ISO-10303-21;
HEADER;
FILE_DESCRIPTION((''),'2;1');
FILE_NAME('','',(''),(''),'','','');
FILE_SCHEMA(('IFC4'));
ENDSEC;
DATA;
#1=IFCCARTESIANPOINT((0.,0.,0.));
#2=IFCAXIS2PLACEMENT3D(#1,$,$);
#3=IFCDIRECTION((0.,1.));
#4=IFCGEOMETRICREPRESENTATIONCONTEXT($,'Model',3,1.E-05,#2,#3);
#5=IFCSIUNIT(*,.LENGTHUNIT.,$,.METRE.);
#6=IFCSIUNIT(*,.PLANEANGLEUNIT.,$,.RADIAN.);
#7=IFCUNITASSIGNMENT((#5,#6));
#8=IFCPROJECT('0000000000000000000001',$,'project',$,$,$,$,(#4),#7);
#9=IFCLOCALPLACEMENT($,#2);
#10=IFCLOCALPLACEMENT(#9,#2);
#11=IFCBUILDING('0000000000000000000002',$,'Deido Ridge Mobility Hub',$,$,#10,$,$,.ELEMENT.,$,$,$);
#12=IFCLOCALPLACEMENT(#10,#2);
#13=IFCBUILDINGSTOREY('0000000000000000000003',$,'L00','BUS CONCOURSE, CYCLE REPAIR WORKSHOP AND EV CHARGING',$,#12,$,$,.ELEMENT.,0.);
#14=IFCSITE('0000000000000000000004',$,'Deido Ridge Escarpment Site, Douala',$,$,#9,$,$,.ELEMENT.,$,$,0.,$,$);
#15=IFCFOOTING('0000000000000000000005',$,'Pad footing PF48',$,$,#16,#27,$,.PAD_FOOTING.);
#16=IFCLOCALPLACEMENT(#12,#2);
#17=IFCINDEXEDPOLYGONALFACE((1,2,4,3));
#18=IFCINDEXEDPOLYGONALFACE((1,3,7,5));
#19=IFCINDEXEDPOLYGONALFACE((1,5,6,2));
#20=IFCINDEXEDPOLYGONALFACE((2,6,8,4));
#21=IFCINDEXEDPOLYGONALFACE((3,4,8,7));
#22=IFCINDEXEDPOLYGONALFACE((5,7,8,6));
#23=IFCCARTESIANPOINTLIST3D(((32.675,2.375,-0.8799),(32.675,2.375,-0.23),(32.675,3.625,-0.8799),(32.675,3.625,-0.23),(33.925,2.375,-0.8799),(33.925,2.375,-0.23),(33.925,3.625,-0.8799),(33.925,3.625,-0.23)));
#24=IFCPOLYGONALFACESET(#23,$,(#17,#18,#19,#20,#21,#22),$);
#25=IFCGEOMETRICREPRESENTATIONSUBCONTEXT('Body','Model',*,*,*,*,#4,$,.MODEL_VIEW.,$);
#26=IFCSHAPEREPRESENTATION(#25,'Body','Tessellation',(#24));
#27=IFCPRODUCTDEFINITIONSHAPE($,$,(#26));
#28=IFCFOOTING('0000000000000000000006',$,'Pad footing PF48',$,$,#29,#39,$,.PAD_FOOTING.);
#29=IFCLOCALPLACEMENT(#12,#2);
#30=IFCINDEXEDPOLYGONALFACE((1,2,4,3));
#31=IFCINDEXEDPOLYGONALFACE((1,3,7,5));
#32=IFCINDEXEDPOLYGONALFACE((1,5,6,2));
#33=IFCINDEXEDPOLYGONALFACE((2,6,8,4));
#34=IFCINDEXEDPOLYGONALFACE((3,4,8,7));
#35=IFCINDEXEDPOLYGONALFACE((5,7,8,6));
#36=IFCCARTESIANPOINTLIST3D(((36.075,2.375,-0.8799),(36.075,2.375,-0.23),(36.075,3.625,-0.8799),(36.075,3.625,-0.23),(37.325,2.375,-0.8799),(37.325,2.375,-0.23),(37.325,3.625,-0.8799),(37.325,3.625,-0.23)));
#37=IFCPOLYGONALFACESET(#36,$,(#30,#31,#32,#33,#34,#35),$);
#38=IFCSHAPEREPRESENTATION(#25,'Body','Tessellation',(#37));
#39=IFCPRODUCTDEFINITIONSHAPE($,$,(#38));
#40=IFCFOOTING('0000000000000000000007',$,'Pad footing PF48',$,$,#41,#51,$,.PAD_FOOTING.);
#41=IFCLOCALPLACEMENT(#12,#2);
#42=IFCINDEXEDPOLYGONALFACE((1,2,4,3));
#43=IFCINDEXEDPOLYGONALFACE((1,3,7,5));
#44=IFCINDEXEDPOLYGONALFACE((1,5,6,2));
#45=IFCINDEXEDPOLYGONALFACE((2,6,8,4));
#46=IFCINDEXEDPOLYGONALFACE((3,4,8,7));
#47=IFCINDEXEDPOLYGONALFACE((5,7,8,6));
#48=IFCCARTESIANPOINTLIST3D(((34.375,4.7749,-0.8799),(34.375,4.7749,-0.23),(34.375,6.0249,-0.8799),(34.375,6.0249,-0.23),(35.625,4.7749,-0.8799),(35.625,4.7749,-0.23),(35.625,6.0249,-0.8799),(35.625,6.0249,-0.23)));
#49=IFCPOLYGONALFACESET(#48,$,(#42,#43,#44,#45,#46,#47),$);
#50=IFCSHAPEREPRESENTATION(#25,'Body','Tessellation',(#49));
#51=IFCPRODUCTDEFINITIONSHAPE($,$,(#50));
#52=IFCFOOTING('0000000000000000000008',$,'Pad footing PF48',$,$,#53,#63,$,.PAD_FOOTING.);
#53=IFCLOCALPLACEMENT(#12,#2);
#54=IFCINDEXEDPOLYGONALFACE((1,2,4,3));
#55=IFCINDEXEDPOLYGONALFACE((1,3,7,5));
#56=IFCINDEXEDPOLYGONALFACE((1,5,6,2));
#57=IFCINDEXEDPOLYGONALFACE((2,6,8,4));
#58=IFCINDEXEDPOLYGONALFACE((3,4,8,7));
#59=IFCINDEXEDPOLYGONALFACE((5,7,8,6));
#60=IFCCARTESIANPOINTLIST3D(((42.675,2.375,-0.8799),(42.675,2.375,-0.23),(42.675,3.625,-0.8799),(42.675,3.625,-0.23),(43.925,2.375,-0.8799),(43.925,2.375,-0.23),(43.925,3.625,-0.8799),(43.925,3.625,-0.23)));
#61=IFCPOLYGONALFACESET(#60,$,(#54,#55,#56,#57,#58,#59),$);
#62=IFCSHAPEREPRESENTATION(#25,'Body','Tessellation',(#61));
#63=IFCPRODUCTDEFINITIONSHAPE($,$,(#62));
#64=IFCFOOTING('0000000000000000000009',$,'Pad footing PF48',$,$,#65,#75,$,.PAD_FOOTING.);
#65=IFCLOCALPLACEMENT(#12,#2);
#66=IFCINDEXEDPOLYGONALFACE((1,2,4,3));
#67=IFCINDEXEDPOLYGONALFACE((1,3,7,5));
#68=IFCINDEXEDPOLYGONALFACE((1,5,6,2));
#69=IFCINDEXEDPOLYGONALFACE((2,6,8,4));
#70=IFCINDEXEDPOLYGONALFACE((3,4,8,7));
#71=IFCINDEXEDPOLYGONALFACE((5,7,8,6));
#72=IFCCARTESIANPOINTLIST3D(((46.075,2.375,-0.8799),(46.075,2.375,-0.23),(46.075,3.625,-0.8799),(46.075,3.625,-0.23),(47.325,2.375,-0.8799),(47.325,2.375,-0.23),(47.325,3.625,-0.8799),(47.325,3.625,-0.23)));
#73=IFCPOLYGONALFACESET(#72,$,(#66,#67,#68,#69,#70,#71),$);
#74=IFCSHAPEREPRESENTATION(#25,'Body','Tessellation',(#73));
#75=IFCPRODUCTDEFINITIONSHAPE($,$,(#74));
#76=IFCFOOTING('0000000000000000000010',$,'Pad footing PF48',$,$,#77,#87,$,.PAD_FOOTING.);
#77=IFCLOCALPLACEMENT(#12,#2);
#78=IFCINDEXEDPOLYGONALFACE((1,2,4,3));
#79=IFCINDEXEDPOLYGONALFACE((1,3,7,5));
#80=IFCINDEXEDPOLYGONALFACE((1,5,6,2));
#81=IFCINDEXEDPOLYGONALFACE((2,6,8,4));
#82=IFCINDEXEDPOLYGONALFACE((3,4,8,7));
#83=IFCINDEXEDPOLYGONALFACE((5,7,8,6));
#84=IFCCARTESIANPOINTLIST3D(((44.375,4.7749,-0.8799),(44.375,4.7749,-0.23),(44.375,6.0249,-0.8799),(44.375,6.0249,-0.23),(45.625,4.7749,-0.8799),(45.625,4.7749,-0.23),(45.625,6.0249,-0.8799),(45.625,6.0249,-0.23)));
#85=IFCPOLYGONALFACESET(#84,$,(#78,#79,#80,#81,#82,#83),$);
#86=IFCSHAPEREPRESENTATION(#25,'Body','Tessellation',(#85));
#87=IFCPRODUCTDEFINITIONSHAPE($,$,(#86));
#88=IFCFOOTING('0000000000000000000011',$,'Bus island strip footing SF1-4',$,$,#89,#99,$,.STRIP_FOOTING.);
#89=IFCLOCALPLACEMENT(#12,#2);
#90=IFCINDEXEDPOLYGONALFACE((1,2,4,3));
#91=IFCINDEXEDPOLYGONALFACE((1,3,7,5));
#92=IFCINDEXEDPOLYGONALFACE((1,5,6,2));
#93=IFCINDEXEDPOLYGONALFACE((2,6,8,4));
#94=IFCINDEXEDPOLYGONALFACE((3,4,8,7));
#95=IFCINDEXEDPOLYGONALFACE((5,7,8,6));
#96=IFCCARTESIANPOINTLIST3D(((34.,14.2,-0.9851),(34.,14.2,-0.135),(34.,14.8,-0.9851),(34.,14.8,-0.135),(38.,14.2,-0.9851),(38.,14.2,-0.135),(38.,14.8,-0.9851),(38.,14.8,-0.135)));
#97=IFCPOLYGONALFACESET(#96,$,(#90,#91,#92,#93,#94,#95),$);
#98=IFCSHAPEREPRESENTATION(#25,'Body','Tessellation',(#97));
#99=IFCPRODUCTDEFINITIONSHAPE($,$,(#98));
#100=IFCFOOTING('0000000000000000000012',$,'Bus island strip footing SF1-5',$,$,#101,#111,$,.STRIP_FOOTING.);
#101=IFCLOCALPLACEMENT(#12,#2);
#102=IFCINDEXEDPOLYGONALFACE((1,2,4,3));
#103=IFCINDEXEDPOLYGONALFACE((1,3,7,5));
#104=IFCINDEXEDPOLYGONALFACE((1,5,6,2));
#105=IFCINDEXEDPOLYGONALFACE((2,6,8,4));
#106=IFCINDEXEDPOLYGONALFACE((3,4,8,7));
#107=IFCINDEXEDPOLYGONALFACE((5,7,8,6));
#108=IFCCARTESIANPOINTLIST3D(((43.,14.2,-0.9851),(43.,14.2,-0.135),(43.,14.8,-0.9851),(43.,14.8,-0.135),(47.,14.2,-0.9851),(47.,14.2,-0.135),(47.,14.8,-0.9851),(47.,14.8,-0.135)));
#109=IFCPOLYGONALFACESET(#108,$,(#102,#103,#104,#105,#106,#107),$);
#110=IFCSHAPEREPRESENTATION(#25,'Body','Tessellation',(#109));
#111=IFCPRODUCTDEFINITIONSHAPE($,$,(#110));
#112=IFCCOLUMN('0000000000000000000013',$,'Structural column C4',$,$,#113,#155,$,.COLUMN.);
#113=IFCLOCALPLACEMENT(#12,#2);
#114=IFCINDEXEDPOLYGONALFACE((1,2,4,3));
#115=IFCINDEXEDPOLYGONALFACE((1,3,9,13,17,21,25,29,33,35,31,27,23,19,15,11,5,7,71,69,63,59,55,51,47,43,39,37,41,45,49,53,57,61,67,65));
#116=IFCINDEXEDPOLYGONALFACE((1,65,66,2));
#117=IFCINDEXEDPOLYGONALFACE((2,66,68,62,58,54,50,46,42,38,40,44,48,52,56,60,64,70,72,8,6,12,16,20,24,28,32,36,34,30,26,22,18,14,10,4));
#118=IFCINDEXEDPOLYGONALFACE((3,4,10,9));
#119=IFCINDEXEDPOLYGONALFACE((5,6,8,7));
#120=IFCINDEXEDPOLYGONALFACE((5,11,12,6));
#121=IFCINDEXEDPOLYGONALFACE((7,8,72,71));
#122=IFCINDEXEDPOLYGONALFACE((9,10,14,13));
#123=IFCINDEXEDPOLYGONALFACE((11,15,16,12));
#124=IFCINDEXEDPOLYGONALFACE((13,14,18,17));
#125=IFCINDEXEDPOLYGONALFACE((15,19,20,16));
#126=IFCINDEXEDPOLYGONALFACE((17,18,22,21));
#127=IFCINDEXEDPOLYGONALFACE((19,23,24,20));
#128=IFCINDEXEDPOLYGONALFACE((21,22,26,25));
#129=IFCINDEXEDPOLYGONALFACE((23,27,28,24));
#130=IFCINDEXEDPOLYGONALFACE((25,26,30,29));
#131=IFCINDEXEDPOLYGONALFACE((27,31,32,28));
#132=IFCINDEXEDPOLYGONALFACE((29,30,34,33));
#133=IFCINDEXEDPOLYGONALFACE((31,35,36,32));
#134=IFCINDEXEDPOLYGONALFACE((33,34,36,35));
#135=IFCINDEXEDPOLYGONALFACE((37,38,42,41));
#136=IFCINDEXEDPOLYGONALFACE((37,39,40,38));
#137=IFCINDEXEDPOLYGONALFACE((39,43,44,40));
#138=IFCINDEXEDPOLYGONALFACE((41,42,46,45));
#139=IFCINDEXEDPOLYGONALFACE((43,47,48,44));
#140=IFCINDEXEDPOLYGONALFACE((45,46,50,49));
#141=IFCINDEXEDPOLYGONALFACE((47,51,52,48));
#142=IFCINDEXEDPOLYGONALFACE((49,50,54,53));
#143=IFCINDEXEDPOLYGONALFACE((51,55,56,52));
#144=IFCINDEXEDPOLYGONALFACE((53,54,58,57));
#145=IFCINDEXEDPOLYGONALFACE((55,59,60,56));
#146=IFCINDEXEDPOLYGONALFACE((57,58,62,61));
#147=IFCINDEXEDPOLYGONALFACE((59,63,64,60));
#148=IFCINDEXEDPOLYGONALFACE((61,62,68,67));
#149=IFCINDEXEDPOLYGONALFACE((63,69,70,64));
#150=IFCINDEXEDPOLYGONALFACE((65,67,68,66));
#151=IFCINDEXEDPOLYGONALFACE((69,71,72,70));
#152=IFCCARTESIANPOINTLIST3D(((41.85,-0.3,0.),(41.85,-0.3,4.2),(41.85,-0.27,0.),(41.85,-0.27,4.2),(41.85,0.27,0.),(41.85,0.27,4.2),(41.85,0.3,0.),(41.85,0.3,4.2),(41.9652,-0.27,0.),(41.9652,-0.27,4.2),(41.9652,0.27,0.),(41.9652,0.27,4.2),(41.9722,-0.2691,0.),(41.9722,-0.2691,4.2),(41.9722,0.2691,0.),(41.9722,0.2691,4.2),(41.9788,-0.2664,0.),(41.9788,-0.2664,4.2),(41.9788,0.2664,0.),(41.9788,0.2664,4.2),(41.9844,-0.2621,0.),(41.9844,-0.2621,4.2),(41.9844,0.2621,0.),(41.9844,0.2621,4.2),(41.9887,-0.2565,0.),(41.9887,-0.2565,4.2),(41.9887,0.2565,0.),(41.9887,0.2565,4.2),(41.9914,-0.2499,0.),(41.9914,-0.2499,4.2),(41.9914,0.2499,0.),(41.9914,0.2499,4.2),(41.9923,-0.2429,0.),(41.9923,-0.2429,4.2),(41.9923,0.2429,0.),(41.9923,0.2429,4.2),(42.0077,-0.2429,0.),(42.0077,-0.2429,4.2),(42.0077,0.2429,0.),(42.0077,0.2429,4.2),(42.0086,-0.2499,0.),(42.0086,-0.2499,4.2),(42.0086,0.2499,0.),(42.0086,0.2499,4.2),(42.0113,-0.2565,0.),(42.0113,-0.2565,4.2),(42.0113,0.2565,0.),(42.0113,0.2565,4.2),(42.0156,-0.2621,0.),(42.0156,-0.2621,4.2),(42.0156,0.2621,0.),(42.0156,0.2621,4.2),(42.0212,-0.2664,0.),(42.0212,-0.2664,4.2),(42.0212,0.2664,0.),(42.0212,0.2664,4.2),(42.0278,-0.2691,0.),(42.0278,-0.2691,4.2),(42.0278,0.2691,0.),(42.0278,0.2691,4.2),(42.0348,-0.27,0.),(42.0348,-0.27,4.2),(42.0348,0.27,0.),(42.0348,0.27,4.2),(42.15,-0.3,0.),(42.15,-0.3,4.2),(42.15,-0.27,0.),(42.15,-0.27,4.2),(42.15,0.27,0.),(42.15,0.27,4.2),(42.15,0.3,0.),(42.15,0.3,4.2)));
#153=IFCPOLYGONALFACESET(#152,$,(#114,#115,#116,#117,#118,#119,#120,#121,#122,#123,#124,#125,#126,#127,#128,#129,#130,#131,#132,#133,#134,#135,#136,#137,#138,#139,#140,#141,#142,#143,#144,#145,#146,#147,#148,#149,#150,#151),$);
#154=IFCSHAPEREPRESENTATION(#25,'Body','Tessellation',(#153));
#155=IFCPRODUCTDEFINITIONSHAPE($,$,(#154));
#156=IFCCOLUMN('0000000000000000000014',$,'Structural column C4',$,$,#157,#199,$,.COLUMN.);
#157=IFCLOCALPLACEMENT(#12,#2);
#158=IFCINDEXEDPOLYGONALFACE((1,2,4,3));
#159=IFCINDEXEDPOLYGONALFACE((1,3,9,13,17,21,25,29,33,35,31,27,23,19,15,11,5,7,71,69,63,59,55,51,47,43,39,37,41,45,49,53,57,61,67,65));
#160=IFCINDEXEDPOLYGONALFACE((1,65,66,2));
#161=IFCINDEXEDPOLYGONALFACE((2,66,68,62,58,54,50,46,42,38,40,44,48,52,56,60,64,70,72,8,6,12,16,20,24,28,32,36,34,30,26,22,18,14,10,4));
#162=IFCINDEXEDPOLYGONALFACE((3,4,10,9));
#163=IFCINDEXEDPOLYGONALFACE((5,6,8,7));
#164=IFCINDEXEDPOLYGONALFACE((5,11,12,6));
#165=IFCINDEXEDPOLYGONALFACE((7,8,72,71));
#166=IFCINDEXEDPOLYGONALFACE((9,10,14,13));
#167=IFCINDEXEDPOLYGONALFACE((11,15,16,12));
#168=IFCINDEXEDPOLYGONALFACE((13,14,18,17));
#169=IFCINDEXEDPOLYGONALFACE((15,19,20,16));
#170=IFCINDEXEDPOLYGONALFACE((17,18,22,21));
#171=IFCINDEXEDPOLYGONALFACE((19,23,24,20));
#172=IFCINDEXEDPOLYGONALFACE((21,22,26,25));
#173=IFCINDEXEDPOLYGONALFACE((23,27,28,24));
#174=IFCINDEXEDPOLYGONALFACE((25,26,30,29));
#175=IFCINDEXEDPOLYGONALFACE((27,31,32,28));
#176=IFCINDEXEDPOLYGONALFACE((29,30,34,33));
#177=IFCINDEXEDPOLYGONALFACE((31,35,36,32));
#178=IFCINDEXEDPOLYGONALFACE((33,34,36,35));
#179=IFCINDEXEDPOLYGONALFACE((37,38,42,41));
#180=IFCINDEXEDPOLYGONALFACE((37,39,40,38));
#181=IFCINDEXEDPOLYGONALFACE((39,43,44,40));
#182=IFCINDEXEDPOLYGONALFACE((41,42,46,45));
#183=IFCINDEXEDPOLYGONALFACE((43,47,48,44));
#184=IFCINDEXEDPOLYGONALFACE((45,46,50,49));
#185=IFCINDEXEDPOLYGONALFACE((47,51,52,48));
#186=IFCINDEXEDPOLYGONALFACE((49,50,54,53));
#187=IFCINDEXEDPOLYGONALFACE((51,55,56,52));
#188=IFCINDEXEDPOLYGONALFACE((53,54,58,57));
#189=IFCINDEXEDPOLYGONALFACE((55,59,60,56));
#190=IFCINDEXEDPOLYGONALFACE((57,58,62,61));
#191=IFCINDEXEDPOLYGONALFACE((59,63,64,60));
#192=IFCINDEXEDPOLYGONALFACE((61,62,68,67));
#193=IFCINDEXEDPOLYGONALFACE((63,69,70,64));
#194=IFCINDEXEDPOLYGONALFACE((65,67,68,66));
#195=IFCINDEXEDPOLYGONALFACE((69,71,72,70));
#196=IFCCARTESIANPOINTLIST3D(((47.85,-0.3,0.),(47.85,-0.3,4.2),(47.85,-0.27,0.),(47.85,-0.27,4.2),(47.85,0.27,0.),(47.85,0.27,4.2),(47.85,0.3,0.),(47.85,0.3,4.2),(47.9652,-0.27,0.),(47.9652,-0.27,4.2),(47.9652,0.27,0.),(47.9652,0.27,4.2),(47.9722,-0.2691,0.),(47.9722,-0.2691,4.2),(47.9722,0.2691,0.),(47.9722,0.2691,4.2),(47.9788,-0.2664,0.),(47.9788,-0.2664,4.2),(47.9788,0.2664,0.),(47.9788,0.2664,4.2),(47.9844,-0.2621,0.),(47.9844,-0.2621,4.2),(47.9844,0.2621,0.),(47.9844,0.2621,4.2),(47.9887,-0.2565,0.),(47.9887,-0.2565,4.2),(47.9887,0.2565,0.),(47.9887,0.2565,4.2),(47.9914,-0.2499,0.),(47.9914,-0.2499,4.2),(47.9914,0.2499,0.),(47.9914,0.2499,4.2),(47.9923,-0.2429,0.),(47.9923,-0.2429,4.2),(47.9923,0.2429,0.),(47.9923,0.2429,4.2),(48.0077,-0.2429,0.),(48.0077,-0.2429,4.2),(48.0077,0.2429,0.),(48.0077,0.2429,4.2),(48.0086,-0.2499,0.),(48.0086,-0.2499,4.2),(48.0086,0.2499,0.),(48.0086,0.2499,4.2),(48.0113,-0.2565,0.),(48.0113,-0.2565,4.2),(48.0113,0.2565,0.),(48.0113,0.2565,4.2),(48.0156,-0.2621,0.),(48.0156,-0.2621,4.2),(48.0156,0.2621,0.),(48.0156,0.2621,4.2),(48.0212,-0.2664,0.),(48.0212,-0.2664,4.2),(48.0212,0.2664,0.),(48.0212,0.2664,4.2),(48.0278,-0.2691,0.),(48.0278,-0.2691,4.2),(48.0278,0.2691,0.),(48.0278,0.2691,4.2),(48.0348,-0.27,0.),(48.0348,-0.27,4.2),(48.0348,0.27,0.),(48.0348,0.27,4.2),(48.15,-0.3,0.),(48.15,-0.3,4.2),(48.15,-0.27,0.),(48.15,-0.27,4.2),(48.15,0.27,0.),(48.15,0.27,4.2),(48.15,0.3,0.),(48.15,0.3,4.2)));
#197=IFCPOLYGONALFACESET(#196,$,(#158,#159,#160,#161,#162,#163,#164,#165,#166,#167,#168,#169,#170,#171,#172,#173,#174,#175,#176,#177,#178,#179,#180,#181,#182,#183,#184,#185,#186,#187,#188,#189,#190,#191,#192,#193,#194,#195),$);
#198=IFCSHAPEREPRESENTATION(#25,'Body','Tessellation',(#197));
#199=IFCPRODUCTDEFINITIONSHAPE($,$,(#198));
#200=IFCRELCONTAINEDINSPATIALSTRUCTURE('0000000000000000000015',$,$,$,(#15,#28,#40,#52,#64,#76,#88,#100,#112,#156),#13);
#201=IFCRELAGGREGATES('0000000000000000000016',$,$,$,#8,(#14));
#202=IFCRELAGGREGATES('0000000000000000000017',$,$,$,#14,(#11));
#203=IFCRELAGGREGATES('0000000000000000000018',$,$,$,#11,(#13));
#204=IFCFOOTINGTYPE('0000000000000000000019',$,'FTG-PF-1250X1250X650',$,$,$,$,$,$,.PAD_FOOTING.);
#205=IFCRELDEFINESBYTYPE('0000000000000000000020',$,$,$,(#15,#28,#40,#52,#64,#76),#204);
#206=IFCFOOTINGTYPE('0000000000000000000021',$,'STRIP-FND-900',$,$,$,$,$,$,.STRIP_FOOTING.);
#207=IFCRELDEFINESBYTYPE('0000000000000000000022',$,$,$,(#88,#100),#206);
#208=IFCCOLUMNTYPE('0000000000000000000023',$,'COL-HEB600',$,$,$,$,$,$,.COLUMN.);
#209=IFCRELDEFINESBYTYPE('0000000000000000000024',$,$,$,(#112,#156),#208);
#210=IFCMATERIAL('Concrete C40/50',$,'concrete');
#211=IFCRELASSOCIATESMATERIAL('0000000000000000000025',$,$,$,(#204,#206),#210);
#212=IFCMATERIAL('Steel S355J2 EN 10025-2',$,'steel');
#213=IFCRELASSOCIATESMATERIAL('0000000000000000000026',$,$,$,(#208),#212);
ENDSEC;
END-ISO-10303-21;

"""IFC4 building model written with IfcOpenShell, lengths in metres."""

from ifc_helpers import new_model, si_unit, direction, frame, origin, origin_2d, place, context, subcontext, project, spatial, rectangle, i_section, extrude, material, material_profile, profile_set, type_object, element, save


model = new_model("IFC4")

# Units and contexts
model_context = context("Model", 3, precision=1e-05, world=origin(), true_north=direction((0.0, 1.0)))
body_context = subcontext(model_context, "Body", "Model", "MODEL_VIEW")
ifc_project = project(units=[si_unit("LENGTHUNIT", "METRE"), si_unit("PLANEANGLEUNIT", "RADIAN")], contexts=[model_context])

# Site, building, storey
site_placement = place(None, origin())
site = spatial("IfcSite", under=ifc_project, at=site_placement, Name="Deido Ridge Escarpment Site, Douala", CompositionType="ELEMENT", RefElevation=0.0)
building_placement = place(site_placement, origin())
building = spatial("IfcBuilding", under=site, at=building_placement, Name="Deido Ridge Mobility Hub", CompositionType="ELEMENT")
storey_placement = place(building_placement, origin())
storey = spatial("IfcBuildingStorey", under=building, at=storey_placement, Name="L00", Description="BUS CONCOURSE, CYCLE REPAIR WORKSHOP AND EV CHARGING", CompositionType="ELEMENT", Elevation=0.0)

# Footings
ifc_material_1 = material(Name="Concrete C40/50", Category="concrete")
footing_type_1 = type_object("IfcFootingType", Name="FTG-PF-1250X1250X650", PredefinedType="PAD_FOOTING", material=ifc_material_1)
for number, where, z_axis, x_axis, name in (
    (1, (33.3, 3.0, -0.8799), (0.0, 0.0, 1.0), (1.0, 0.0, 0.0), "Pad footing PF48"),
    (2, (36.7, 3.0, -0.8799), (0.0, 0.0, 1.0), (1.0, 0.0, 0.0), "Pad footing PF48"),
    (3, (35.0, 5.3999, -0.8799), (0.0, 0.0, 1.0), (1.0, 0.0, 0.0), "Pad footing PF48"),
    (4, (43.3, 3.0, -0.8799), (0.0, 0.0, 1.0), (1.0, 0.0, 0.0), "Pad footing PF48"),
    (5, (46.7, 3.0, -0.8799), (0.0, 0.0, 1.0), (1.0, 0.0, 0.0), "Pad footing PF48"),
    (6, (45.0, 5.3999, -0.8799), (0.0, 0.0, 1.0), (1.0, 0.0, 0.0), "Pad footing PF48"),
):
    element("IfcFooting", number, at=place(storey_placement, frame(where, z_axis=z_axis, x_axis=x_axis)), inside=storey, type_object=footing_type_1, Name=name, PredefinedType="PAD_FOOTING", context=body_context, shape_type="SweptSolid", body=[
        extrude(rectangle(XDim=1.25, YDim=1.25, at=origin_2d()), origin(), (0.0, 0.0, 1.0), 0.6499),
    ])
ifc_material_profile_1 = material_profile(ifc_material_1, rectangle(XDim=0.6001, YDim=0.8501, at=origin_2d()), Name="RC GB 600x850")
ifc_profile_set_1 = profile_set([ifc_material_profile_1], Name="Concrete C40/50")
footing_type_2 = type_object("IfcFootingType", Name="STRIP-FND-900", PredefinedType="STRIP_FOOTING", material=ifc_profile_set_1)
for number, where, z_axis, x_axis, name in (
    (7, (34.0, 14.5, -0.5601), (1.0, 0.0, 0.0), (0.0, 1.0, 0.0), "Bus island strip footing SF1-4"),
    (8, (43.0, 14.5, -0.5601), (1.0, 0.0, 0.0), (0.0, 1.0, 0.0), "Bus island strip footing SF1-5"),
):
    element("IfcFooting", number, at=place(storey_placement, frame(where, z_axis=z_axis, x_axis=x_axis)), inside=storey, type_object=footing_type_2, Name=name, PredefinedType="STRIP_FOOTING", context=body_context, shape_type="SweptSolid", body=[
        extrude(rectangle(XDim=0.6001, YDim=0.8501, at=origin_2d()), origin(), (0.0, 0.0, 1.0), 4.0),
    ])

# Columns
ifc_material_2 = material(Name="Steel S355J2 EN 10025-2", Category="steel")
ifc_material_profile_2 = material_profile(ifc_material_2, i_section(OverallWidth=0.3, OverallDepth=0.6001, WebThickness=0.0154, FlangeThickness=0.03, FilletRadius=0.0271, at=origin_2d()), Name="HEB 600")
ifc_profile_set_2 = profile_set([ifc_material_profile_2], Name="Steel S355J2 EN 10025-2")
column_type = type_object("IfcColumnType", Name="COL-HEB600", PredefinedType="COLUMN", material=ifc_profile_set_2)
for number, where, z_axis, x_axis, name in (
    (9, (42.0, 0.0, 0.0), (0.0, 0.0, 1.0), (1.0, 0.0, 0.0), "Structural column C4"),
    (10, (48.0, 0.0, 0.0), (0.0, 0.0, 1.0), (1.0, 0.0, 0.0), "Structural column C4"),
):
    element("IfcColumn", number, at=place(storey_placement, frame(where, z_axis=z_axis, x_axis=x_axis)), inside=storey, type_object=column_type, Name=name, PredefinedType="COLUMN", context=body_context, shape_type="SweptSolid", body=[
        extrude(i_section(OverallWidth=0.3, OverallDepth=0.6001, WebThickness=0.0154, FlangeThickness=0.03, FilletRadius=0.0271, at=origin_2d()), origin(), (0.0, 0.0, 1.0), 4.2),
    ])

save(model, "model.ifc")
